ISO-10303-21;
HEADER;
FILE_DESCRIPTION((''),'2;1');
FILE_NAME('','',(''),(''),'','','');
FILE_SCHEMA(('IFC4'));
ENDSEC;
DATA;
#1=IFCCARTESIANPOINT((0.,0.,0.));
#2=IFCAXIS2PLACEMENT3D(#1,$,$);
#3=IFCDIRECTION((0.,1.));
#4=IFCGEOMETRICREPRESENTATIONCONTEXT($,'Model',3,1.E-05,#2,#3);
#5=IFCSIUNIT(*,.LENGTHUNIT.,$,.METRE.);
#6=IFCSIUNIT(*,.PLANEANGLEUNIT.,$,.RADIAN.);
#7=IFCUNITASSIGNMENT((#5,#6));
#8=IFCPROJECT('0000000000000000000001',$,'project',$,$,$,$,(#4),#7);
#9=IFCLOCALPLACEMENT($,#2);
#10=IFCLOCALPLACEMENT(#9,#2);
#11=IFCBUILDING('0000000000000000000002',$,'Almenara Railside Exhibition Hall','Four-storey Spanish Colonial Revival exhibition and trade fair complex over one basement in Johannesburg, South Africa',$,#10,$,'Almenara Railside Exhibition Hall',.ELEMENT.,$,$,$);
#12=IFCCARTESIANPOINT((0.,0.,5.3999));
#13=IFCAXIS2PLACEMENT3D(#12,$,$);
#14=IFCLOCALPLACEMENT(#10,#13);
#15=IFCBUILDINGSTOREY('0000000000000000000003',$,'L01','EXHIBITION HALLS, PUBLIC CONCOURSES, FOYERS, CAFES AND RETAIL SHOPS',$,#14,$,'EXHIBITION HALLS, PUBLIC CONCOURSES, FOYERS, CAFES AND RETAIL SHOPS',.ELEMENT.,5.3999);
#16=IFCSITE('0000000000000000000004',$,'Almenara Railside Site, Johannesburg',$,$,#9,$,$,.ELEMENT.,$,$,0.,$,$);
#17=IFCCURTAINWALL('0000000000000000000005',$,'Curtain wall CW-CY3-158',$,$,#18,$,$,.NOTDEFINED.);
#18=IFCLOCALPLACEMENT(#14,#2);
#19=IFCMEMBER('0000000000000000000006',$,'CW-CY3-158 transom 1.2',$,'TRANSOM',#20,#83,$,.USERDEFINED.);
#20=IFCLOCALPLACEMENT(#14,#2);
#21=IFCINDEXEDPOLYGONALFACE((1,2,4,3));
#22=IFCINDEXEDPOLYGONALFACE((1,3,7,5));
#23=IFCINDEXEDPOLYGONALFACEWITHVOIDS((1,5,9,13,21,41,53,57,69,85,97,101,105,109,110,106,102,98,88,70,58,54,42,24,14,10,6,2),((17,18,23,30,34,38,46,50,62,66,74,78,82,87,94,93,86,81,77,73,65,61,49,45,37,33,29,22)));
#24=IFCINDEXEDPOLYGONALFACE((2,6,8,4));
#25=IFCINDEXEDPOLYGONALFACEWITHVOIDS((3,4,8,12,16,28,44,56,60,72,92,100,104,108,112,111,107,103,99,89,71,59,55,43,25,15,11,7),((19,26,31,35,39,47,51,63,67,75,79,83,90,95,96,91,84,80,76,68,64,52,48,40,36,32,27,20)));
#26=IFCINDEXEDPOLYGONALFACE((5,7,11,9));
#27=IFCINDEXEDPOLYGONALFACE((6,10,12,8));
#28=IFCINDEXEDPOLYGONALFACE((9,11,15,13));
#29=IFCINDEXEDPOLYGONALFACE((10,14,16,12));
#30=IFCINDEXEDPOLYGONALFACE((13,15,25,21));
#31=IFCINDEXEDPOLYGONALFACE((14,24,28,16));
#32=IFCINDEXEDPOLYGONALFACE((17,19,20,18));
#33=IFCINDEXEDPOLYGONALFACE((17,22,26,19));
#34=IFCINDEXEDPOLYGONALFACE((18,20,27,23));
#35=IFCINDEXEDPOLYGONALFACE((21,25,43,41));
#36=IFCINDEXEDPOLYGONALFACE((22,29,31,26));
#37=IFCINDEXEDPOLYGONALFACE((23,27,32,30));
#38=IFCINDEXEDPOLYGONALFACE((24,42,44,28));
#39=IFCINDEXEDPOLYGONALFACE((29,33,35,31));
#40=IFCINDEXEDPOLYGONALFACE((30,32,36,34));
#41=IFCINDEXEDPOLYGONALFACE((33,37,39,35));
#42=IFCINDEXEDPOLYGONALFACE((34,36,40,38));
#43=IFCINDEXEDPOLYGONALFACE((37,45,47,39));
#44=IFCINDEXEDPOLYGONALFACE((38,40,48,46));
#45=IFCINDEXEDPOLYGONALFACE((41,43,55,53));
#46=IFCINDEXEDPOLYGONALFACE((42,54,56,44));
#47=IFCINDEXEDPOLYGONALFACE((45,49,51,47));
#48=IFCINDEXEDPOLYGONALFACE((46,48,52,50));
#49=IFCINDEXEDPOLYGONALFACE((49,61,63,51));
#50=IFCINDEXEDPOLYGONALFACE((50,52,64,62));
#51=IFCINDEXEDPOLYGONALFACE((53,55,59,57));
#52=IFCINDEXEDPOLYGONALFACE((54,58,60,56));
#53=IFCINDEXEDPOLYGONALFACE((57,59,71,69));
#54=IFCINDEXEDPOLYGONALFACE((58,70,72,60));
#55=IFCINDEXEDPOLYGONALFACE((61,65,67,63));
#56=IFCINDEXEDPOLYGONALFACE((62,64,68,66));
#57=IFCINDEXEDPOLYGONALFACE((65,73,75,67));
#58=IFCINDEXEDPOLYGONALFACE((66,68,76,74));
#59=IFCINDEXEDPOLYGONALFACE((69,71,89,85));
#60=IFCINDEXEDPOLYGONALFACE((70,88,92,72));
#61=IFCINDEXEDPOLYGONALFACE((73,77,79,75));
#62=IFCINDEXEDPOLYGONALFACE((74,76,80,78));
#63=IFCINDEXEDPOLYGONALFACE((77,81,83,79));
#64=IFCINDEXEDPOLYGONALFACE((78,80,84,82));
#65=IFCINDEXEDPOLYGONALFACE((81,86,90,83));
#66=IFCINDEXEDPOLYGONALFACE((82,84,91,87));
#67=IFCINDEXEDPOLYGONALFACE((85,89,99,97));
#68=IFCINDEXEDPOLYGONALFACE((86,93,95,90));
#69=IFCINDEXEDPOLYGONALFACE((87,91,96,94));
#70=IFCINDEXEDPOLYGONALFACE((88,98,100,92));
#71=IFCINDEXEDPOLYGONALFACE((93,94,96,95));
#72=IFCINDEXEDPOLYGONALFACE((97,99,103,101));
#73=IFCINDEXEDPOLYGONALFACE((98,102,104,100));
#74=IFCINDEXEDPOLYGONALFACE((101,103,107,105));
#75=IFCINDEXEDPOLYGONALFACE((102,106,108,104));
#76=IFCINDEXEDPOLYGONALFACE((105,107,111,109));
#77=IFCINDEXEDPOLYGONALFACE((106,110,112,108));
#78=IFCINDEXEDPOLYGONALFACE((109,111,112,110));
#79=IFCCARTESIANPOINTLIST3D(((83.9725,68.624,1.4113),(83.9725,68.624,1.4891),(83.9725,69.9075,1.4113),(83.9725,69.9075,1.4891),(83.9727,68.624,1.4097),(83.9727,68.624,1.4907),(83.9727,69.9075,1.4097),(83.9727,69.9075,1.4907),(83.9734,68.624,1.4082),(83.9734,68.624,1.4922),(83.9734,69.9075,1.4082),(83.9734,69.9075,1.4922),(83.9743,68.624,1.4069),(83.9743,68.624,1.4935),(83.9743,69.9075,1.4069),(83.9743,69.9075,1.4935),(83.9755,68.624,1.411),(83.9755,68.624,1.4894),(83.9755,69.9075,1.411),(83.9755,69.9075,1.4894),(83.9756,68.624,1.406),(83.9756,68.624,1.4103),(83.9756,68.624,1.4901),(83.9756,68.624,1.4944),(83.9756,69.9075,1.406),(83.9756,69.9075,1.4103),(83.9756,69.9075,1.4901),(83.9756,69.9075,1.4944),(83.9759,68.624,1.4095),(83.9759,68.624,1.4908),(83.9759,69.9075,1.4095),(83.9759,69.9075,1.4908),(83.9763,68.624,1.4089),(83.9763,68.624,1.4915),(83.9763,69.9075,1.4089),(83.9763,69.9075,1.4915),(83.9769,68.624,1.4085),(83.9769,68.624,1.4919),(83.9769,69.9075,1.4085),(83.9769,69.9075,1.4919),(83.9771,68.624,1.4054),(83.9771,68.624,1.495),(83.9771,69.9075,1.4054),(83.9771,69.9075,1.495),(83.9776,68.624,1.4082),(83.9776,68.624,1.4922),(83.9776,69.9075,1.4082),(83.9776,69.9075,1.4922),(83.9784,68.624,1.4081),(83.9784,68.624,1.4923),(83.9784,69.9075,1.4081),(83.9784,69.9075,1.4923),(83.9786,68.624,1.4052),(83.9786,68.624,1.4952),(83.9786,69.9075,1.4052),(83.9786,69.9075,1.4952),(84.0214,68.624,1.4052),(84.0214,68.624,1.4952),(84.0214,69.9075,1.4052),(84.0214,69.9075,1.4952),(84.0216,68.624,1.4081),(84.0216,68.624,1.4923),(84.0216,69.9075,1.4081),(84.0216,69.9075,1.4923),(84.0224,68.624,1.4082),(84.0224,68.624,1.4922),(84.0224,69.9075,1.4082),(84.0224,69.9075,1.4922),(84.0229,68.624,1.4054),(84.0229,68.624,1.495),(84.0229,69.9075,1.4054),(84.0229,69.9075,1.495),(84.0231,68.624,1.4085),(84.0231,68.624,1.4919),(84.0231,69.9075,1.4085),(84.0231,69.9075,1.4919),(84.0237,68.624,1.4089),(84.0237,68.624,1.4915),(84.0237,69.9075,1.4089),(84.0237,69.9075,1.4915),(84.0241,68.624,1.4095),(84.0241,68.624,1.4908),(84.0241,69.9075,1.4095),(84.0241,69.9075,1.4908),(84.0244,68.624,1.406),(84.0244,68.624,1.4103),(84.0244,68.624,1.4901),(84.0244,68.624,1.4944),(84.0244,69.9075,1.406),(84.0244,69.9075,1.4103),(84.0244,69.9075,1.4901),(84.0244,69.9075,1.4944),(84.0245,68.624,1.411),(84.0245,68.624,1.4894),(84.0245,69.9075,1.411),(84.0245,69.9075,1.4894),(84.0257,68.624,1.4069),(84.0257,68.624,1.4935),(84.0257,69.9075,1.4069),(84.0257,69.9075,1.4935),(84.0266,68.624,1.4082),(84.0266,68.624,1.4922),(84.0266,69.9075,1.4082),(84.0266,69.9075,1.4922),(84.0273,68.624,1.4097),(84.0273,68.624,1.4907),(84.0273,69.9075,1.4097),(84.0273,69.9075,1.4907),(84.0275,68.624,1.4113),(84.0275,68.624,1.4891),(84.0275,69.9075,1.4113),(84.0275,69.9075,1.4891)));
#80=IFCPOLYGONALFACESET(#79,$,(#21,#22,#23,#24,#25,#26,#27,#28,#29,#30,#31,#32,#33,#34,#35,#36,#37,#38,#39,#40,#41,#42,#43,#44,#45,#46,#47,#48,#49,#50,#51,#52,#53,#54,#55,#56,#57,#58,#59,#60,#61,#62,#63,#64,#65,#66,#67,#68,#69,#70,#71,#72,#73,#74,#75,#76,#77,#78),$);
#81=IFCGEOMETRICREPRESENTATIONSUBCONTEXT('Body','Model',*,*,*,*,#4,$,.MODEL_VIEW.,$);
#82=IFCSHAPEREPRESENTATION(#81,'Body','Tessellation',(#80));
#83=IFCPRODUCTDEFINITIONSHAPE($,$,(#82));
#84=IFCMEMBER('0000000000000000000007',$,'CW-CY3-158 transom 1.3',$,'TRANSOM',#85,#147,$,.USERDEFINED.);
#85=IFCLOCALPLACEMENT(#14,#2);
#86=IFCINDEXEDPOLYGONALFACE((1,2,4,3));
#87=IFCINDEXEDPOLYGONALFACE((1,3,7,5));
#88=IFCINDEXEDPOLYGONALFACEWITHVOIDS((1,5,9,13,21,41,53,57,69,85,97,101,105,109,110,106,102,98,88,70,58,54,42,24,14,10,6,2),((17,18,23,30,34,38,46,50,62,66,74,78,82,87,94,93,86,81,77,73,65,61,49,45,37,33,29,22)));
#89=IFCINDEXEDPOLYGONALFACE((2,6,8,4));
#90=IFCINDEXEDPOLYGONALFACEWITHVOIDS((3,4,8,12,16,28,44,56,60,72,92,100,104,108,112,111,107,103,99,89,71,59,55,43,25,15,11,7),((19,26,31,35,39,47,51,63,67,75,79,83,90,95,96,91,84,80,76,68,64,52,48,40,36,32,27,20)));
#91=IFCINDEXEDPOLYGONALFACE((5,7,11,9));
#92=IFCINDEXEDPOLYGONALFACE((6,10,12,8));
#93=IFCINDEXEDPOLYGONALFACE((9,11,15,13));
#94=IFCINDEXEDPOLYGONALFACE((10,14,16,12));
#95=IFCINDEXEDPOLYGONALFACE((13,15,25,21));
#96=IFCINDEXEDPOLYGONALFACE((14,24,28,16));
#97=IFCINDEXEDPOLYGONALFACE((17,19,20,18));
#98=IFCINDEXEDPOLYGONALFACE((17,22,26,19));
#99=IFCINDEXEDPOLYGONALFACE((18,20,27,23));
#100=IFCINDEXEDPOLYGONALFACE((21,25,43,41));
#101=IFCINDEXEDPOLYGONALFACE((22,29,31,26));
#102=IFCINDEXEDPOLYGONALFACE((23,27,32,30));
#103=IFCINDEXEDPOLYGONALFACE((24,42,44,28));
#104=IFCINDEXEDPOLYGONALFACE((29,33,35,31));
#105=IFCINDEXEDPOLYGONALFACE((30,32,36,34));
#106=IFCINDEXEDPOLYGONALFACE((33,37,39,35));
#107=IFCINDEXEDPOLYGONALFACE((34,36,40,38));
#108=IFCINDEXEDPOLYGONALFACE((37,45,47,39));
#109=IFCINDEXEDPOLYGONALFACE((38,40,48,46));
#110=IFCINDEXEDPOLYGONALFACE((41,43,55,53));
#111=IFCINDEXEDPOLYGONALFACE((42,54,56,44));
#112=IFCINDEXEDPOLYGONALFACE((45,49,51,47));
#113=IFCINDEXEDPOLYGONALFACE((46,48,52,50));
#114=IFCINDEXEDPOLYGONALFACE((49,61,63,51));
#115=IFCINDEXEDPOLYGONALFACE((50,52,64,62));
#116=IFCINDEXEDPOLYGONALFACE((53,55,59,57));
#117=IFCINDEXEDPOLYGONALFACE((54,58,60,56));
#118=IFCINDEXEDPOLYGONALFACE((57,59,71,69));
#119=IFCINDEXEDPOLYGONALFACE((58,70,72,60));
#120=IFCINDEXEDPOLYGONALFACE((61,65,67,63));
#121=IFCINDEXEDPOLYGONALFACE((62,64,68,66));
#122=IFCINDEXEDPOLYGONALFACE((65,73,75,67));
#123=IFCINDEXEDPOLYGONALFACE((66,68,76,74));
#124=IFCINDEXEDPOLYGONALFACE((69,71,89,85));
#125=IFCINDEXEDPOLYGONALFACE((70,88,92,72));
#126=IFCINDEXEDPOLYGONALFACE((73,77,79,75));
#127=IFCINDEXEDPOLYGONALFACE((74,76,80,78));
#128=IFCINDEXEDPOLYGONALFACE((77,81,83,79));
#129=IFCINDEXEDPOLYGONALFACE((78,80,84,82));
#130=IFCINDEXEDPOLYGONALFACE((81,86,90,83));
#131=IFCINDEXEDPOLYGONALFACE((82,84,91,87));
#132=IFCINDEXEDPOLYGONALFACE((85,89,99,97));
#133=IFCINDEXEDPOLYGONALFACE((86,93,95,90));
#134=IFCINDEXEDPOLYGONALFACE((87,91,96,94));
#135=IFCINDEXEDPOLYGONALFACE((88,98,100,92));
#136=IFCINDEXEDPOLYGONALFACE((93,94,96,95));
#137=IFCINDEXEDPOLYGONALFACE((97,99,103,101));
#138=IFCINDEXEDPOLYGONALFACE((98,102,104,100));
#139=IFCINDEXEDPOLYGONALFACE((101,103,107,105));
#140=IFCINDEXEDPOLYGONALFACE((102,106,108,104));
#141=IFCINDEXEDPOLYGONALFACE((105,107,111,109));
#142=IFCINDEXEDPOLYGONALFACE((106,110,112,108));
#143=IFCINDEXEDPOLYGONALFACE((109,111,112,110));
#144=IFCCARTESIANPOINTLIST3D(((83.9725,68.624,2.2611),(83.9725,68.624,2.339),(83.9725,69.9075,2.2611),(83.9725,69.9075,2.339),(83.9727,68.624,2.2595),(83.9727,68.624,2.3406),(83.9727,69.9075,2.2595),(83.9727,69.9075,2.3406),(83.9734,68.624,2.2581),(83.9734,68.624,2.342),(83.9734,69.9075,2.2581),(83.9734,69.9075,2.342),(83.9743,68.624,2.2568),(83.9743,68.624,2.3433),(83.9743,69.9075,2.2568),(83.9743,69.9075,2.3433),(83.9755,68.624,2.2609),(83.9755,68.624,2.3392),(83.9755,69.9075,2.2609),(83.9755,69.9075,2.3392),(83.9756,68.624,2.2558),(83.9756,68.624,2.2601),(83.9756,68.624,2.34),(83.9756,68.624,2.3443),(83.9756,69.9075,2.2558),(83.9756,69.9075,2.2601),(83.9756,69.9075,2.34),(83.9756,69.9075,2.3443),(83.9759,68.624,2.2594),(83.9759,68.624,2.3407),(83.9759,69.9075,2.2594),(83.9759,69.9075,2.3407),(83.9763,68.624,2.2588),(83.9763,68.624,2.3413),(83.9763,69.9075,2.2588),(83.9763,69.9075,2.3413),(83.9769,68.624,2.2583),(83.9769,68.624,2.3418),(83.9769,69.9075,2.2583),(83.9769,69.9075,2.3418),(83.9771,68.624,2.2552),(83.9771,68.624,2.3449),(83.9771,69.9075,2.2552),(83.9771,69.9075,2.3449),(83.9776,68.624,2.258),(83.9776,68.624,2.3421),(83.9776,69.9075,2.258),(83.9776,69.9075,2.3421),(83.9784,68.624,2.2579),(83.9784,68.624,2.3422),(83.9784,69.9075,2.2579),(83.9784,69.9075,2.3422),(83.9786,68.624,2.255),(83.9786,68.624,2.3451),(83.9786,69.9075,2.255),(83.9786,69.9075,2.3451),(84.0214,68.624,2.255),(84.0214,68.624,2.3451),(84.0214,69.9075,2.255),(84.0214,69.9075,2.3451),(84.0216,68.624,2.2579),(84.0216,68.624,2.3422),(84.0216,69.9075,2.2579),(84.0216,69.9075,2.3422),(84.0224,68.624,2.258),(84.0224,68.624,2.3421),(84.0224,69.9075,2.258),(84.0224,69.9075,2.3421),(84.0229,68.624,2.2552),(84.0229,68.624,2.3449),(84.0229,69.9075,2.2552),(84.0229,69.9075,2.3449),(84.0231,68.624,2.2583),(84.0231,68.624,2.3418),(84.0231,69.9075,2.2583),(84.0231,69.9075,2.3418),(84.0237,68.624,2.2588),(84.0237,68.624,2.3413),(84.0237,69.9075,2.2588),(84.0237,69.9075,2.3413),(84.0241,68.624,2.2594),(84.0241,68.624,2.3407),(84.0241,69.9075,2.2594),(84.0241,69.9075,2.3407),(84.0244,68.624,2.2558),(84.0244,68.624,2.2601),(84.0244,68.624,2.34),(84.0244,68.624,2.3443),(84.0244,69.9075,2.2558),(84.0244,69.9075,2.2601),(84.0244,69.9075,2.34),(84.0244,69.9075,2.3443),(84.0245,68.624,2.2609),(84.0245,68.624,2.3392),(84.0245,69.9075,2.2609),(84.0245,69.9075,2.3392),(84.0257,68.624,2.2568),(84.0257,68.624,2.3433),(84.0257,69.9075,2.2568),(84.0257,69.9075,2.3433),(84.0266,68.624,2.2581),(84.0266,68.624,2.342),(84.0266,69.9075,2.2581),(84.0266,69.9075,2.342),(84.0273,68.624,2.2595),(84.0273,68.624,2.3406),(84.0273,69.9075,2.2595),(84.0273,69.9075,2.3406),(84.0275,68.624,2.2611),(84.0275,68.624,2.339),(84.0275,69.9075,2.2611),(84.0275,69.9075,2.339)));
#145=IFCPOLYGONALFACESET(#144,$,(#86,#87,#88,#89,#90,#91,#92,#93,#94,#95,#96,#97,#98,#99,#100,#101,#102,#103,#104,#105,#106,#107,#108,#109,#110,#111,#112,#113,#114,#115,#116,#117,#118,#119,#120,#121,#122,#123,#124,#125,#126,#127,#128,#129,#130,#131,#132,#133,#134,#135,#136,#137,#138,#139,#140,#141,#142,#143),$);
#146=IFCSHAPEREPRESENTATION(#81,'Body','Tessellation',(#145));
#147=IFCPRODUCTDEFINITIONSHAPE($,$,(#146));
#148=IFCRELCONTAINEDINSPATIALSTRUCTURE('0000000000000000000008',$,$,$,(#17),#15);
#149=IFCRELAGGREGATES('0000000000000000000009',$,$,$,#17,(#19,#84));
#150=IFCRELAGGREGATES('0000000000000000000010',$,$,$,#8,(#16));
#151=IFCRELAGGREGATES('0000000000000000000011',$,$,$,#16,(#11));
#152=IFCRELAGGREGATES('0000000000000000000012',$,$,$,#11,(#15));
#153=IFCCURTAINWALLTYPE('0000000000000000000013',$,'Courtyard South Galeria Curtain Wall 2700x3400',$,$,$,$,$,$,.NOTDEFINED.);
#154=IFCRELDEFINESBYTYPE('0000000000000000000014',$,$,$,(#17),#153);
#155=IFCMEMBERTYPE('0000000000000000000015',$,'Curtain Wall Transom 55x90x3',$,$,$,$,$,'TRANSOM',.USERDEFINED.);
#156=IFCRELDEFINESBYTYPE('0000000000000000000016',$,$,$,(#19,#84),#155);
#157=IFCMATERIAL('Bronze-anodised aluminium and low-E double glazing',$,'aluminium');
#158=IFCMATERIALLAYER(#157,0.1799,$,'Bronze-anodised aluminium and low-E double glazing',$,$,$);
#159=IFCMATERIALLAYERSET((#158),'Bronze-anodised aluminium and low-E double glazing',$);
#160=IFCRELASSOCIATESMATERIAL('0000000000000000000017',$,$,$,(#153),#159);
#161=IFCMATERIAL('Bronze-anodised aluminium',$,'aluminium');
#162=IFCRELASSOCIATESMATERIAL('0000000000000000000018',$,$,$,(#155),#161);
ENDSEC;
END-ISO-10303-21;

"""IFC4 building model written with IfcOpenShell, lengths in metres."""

from ifc_helpers import new_model, si_unit, direction, frame, origin, origin_2d, place, context, subcontext, project, spatial, hollow_rectangle, extrude, material, layer, layer_set, material_profile, profile_set, type_object, element, aggregate, save


model = new_model("IFC4")

# Units and contexts
model_context = context("Model", 3, precision=1e-05, world=origin(), true_north=direction((0.0, 1.0)))
body_context = subcontext(model_context, "Body", "Model", "MODEL_VIEW")
ifc_project = project(units=[si_unit("LENGTHUNIT", "METRE"), si_unit("PLANEANGLEUNIT", "RADIAN")], contexts=[model_context])

# Site, building, storey
site_placement = place(None, origin())
site = spatial("IfcSite", under=ifc_project, at=site_placement, Name="Almenara Railside Site, Johannesburg", CompositionType="ELEMENT", RefElevation=0.0)
building_placement = place(site_placement, origin())
building = spatial("IfcBuilding", under=site, at=building_placement, Name="Almenara Railside Exhibition Hall", Description="Four-storey Spanish Colonial Revival exhibition and trade fair complex over one basement in Johannesburg, South Africa", LongName="Almenara Railside Exhibition Hall", CompositionType="ELEMENT")
storey_placement = place(building_placement, frame((0.0, 0.0, 5.3999)))
storey = spatial("IfcBuildingStorey", under=building, at=storey_placement, Name="L01", Description="EXHIBITION HALLS, PUBLIC CONCOURSES, FOYERS, CAFES AND RETAIL SHOPS", LongName="EXHIBITION HALLS, PUBLIC CONCOURSES, FOYERS, CAFES AND RETAIL SHOPS", CompositionType="ELEMENT", Elevation=5.3999)

# Curtain wall
ifc_material_1 = material(Name="Bronze-anodised aluminium and low-E double glazing", Category="aluminium")
ifc_layer_1 = layer(ifc_material_1, 0.1799, Name="Bronze-anodised aluminium and low-E double glazing")
ifc_layer_set_1 = layer_set([ifc_layer_1], Name="Bronze-anodised aluminium and low-E double glazing")
curtain_wall_type = type_object("IfcCurtainWallType", Name="Courtyard South Galeria Curtain Wall 2700x3400", PredefinedType="NOTDEFINED", material=ifc_layer_set_1)
curtain_wall_1_placement = place(storey_placement, origin())
curtain_wall_1 = element("IfcCurtainWall", 1, at=curtain_wall_1_placement, inside=storey, type_object=curtain_wall_type, Name="Curtain wall CW-CY3-158", PredefinedType="NOTDEFINED")
ifc_material_2 = material(Name="Bronze-anodised aluminium", Category="aluminium")

# Members
ifc_material_profile_1 = material_profile(ifc_material_2, hollow_rectangle(XDim=0.0549, YDim=0.0901, WallThickness=0.0029, InnerFilletRadius=0.0029, OuterFilletRadius=0.0061, at=origin_2d()), Name="ALU-TRN 55x90x3")
ifc_profile_set_1 = profile_set([ifc_material_profile_1], Name="Bronze-anodised aluminium")
member_type_1 = type_object("IfcMemberType", Name="Curtain Wall Transom 55x90x3", ElementType="TRANSOM", PredefinedType="USERDEFINED", material=ifc_profile_set_1)
member_1_placement = place(storey_placement, frame((84.0, 69.9075, 1.4502), z_axis=(0.0, -1.0, 0.0), x_axis=(1.0, 0.0, 0.0)))
member_1 = element("IfcMember", 2, at=member_1_placement, type_object=member_type_1, Name="CW-CY3-158 transom 1.2", ObjectType="TRANSOM", PredefinedType="USERDEFINED", context=body_context, shape_type="SweptSolid", body=[
    extrude(hollow_rectangle(XDim=0.0549, YDim=0.0901, WallThickness=0.0029, InnerFilletRadius=0.0029, OuterFilletRadius=0.0061, at=origin_2d()), origin(), (0.0, 0.0, 1.0), 1.2834),
])
member_2_placement = place(storey_placement, frame((84.0, 69.9075, 2.3), z_axis=(0.0, -1.0, 0.0), x_axis=(1.0, 0.0, 0.0)))
member_2 = element("IfcMember", 3, at=member_2_placement, type_object=member_type_1, Name="CW-CY3-158 transom 1.3", ObjectType="TRANSOM", PredefinedType="USERDEFINED", context=body_context, shape_type="SweptSolid", body=[
    extrude(hollow_rectangle(XDim=0.0549, YDim=0.0901, WallThickness=0.0029, InnerFilletRadius=0.0029, OuterFilletRadius=0.0061, at=origin_2d()), origin(), (0.0, 0.0, 1.0), 1.2834),
])

aggregate(curtain_wall_1, [member_1, member_2])

save(model, "model.ifc")
